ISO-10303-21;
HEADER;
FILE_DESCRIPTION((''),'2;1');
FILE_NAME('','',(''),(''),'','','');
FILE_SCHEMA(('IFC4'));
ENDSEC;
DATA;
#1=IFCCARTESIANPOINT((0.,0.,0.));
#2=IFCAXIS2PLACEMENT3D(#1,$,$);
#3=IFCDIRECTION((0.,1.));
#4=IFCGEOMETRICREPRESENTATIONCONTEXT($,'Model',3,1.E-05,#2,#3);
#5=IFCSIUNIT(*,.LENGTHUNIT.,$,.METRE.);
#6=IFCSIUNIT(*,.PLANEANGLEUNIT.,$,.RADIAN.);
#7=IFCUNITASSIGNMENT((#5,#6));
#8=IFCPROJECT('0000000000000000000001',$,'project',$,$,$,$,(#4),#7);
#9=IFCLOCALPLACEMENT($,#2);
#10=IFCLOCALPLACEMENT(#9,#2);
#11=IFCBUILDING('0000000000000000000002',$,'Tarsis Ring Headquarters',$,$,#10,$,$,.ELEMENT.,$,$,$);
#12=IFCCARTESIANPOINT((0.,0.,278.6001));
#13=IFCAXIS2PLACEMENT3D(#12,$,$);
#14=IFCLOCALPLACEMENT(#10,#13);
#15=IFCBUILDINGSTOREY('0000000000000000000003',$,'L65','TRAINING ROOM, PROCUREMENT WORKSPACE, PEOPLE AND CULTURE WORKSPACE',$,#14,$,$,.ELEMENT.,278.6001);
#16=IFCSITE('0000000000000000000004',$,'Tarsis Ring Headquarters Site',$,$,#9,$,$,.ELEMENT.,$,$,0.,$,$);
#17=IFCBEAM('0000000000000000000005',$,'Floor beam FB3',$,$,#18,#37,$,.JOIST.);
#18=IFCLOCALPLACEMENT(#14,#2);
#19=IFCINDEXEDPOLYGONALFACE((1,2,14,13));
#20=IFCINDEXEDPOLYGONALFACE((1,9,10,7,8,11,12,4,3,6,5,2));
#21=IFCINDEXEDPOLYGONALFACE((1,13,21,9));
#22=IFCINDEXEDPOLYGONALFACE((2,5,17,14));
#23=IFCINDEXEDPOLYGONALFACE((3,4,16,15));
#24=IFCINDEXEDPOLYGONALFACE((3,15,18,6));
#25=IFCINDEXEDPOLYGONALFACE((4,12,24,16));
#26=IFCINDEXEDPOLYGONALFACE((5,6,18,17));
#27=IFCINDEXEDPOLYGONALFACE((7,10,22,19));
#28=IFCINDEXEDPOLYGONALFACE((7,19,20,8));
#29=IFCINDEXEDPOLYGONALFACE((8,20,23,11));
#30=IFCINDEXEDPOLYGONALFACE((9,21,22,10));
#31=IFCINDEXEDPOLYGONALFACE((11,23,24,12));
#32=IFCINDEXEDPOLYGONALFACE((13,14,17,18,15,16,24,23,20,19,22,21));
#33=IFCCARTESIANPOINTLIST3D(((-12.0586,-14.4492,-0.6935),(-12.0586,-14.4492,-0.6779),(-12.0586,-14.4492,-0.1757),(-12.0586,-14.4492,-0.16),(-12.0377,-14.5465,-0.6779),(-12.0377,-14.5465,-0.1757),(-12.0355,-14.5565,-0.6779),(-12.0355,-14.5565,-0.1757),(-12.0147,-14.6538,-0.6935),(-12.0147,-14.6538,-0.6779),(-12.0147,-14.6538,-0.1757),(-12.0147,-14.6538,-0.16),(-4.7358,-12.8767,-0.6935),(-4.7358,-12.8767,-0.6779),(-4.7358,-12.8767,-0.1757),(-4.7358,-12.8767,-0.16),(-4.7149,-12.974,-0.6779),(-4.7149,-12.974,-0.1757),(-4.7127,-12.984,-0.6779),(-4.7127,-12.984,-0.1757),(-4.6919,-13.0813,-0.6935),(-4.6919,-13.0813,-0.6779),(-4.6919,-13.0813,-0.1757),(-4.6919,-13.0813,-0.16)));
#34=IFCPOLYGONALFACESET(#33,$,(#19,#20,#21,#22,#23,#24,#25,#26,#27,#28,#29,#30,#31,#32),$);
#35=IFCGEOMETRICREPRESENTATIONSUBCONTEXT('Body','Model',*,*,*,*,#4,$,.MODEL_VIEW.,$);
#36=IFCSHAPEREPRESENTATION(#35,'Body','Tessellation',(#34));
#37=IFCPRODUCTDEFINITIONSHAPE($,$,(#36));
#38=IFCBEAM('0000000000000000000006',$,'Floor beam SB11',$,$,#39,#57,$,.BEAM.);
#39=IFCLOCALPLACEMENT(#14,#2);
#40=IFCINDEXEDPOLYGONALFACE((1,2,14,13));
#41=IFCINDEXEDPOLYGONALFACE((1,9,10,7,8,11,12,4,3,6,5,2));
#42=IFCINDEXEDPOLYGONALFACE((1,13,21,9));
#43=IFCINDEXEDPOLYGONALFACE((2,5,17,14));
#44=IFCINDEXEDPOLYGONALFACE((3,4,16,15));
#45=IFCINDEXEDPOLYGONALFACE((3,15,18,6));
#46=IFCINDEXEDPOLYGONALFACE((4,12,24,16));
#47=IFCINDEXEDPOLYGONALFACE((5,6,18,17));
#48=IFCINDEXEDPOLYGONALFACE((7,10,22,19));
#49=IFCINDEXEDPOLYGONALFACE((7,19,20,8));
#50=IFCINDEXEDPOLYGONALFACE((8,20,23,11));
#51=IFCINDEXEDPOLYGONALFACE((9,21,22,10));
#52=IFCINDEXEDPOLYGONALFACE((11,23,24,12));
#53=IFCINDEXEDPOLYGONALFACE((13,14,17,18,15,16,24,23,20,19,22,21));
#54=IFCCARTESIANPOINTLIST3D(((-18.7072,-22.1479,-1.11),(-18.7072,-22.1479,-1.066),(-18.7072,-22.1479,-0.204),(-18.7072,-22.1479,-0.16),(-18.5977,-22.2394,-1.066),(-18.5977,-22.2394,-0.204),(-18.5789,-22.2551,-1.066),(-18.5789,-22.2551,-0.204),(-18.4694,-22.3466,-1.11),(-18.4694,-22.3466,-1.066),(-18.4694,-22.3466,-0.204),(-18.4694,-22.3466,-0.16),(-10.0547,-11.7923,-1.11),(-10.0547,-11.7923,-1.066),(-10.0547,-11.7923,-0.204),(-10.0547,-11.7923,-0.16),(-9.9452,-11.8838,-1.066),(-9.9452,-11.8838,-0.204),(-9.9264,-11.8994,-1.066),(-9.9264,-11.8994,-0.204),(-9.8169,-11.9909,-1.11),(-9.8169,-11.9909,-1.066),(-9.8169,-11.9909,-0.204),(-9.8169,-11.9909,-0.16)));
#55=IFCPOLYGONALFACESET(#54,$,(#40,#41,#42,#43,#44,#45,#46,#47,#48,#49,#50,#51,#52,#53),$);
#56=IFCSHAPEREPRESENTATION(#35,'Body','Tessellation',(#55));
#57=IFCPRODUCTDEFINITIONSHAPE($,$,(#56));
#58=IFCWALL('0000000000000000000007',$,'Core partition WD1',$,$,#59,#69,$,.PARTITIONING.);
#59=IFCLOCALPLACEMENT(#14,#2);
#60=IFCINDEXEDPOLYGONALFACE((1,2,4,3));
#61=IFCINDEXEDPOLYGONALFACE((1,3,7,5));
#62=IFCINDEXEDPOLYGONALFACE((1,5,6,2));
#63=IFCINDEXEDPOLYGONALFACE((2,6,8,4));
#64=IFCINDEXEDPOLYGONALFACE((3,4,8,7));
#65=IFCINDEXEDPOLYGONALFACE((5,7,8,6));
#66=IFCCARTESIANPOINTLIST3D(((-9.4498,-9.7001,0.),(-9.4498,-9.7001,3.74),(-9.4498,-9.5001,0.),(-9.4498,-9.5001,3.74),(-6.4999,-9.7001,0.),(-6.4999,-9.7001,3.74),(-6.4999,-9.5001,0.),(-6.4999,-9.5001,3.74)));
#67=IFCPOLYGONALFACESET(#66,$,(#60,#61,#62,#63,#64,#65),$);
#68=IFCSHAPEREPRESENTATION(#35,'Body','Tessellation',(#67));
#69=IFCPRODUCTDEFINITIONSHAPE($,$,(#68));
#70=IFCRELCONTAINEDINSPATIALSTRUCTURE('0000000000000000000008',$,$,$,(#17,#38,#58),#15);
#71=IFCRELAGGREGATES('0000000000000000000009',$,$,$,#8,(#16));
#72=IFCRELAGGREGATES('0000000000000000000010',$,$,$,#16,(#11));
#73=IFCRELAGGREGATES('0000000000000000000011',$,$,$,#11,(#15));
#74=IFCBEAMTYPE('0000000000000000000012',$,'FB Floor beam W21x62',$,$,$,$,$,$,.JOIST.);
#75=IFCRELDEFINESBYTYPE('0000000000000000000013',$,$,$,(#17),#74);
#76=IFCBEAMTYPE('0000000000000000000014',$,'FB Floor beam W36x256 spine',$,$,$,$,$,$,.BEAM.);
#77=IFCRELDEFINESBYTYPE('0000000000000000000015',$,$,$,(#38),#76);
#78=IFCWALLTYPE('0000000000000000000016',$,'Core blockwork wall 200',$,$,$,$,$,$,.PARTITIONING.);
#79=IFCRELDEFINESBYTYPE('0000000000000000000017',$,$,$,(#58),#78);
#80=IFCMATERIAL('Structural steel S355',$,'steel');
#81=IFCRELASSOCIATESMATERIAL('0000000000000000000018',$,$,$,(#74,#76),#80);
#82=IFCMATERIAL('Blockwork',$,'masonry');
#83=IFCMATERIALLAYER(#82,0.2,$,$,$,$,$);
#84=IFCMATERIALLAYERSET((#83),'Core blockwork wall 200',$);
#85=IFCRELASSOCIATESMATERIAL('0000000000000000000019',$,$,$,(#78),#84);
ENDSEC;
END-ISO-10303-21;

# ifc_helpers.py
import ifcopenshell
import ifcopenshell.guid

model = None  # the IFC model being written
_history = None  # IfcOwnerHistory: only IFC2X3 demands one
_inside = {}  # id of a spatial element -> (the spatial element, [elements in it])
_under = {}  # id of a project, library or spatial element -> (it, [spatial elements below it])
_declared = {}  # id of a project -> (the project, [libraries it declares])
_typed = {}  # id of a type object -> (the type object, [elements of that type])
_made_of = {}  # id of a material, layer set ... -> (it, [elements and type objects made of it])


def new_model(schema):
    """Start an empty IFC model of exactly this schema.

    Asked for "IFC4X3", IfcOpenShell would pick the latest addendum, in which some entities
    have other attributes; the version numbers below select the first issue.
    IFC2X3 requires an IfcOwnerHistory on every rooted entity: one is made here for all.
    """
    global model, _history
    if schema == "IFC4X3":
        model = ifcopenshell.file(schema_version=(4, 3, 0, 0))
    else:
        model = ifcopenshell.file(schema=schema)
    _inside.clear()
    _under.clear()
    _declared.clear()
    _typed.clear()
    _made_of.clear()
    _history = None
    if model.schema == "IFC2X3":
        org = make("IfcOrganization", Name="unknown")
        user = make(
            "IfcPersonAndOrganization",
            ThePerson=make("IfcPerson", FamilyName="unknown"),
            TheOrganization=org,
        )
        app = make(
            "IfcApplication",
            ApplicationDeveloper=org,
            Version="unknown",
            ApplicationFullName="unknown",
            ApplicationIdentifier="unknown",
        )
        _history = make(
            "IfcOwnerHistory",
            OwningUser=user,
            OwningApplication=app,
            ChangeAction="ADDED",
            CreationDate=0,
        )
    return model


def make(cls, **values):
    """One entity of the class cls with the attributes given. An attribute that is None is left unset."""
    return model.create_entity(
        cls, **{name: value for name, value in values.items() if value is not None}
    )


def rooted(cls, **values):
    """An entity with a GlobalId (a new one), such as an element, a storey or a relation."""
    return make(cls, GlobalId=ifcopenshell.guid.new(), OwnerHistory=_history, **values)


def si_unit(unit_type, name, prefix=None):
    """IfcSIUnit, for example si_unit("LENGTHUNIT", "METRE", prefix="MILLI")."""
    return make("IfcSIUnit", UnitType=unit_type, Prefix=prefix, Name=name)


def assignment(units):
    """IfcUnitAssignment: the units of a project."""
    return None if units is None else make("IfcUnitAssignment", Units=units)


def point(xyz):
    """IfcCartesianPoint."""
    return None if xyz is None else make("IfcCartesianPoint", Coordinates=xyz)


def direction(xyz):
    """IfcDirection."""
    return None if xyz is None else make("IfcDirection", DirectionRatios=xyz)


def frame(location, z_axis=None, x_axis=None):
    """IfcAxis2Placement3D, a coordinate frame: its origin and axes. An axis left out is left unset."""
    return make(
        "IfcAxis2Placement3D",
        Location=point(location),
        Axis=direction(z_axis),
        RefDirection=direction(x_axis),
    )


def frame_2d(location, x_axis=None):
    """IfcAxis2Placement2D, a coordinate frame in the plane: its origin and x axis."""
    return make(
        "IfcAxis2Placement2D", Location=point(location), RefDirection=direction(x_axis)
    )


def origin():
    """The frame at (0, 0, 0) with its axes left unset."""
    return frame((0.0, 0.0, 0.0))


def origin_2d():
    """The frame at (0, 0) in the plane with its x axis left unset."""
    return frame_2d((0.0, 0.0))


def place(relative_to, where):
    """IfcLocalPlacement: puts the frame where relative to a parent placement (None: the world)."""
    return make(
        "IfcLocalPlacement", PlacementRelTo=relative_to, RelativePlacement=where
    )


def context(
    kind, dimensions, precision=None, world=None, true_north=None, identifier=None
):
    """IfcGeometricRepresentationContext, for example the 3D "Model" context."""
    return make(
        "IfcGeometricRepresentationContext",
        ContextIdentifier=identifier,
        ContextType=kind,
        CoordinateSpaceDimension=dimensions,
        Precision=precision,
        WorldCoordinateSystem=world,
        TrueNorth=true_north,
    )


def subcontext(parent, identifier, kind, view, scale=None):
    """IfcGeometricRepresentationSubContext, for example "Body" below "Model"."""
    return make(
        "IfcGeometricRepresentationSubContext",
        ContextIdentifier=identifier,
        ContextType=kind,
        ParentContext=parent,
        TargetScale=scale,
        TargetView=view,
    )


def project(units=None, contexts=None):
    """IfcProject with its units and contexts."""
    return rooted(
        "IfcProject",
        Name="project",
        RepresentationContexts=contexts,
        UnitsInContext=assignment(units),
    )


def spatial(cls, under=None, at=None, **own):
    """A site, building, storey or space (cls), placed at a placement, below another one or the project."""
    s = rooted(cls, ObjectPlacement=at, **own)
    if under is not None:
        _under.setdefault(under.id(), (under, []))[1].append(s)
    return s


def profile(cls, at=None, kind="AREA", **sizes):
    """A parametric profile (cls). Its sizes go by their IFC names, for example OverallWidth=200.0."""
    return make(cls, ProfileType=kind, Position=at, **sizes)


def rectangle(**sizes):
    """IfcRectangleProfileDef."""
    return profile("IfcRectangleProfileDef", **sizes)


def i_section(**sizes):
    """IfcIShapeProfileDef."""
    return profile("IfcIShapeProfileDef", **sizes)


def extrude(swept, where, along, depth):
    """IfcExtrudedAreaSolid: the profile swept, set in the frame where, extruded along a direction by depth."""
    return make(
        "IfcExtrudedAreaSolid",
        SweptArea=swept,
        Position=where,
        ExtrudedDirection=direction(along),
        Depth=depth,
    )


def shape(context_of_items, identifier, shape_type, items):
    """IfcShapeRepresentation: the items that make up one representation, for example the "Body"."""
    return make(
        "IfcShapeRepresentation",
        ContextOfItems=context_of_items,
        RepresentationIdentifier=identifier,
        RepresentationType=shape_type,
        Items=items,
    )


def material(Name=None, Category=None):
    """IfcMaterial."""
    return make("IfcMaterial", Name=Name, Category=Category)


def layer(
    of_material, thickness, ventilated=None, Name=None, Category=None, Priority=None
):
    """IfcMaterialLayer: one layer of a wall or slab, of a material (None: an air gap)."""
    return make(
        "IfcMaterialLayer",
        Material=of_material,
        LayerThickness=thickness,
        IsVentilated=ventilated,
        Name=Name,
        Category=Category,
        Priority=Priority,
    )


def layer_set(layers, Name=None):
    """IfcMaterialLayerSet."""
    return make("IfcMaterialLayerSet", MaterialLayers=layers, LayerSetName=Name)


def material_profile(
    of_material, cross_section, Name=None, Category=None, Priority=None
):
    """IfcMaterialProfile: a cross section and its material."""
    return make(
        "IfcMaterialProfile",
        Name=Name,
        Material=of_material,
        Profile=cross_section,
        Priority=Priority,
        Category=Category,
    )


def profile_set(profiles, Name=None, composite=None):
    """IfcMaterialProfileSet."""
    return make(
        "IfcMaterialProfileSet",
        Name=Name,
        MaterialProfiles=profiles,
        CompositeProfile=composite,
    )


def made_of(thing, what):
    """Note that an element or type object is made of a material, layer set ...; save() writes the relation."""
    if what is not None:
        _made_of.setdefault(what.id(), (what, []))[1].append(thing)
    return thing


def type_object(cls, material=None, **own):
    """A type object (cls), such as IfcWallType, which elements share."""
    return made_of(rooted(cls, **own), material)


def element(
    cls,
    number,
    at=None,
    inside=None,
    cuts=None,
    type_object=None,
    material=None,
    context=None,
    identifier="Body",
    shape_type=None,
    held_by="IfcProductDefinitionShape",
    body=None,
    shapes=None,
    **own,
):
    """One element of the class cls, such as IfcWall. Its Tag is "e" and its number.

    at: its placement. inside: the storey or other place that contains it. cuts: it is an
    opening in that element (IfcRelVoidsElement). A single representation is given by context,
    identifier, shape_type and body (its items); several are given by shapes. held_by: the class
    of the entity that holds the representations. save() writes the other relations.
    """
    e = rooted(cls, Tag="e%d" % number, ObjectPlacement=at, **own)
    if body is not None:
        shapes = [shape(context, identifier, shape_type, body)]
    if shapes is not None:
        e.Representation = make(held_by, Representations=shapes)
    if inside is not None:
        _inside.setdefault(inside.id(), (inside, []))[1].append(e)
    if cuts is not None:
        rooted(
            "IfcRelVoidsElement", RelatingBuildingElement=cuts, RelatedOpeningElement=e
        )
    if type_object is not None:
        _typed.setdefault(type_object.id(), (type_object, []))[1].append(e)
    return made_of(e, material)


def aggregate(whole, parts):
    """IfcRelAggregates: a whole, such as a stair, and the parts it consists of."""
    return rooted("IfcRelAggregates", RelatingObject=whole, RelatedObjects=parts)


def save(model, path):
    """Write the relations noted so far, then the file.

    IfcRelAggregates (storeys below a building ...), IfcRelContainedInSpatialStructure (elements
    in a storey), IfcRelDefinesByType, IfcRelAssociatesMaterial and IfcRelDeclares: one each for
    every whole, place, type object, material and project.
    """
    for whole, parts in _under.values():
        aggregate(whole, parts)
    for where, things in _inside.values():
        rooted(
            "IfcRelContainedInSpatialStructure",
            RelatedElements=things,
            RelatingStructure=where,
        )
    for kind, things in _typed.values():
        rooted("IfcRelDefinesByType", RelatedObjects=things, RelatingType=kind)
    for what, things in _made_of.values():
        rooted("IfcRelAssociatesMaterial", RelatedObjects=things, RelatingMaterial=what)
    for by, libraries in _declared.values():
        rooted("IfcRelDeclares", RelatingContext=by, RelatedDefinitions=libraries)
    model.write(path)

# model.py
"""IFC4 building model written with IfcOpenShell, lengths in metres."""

from ifc_helpers import new_model, si_unit, direction, frame, frame_2d, origin, origin_2d, place, context, subcontext, project, spatial, rectangle, i_section, extrude, material, layer, layer_set, material_profile, profile_set, type_object, element, save


model = new_model("IFC4")

# Units and contexts
model_context = context("Model", 3, precision=1e-05, world=origin(), true_north=direction((0.0, 1.0)))
body_context = subcontext(model_context, "Body", "Model", "MODEL_VIEW")
ifc_project = project(units=[si_unit("LENGTHUNIT", "METRE"), si_unit("PLANEANGLEUNIT", "RADIAN")], contexts=[model_context])

# Site, building, storey
site_placement = place(None, origin())
site = spatial("IfcSite", under=ifc_project, at=site_placement, Name="Tarsis Ring Headquarters Site", CompositionType="ELEMENT", RefElevation=0.0)
building_placement = place(site_placement, origin())
building = spatial("IfcBuilding", under=site, at=building_placement, Name="Tarsis Ring Headquarters", CompositionType="ELEMENT")
storey_placement = place(building_placement, frame((0.0, 0.0, 278.6001)))
storey = spatial("IfcBuildingStorey", under=building, at=storey_placement, Name="L65", Description="TRAINING ROOM, PROCUREMENT WORKSPACE, PEOPLE AND CULTURE WORKSPACE", CompositionType="ELEMENT", Elevation=278.6001)

# Beams
ifc_material_1 = material(Name="Structural steel S355", Category="steel")
ifc_material_profile_1 = material_profile(ifc_material_1, i_section(OverallWidth=0.2092, OverallDepth=0.5334, WebThickness=0.0103, FlangeThickness=0.0156, at=origin_2d()), Name="W21x62")
ifc_profile_set_1 = profile_set([ifc_material_profile_1], Name="Structural steel S355")
beam_type_1 = type_object("IfcBeamType", Name="FB Floor beam W21x62", PredefinedType="JOIST", material=ifc_profile_set_1)
beam_1_placement = place(storey_placement, frame((-12.0366, -14.5515, -0.4268), z_axis=(0.977711, 0.209956, 0.0), x_axis=(-0.209956, 0.977711, 0.0)))
element("IfcBeam", 1, at=beam_1_placement, inside=storey, type_object=beam_type_1, Name="Floor beam FB3", PredefinedType="JOIST", context=body_context, shape_type="SweptSolid", body=[
    extrude(i_section(OverallWidth=0.2092, OverallDepth=0.5334, WebThickness=0.0103, FlangeThickness=0.0156, at=origin_2d()), origin(), (0.0, 0.0, 1.0), 7.4897),
])
ifc_material_profile_2 = material_profile(ifc_material_1, i_section(OverallWidth=0.3098, OverallDepth=0.95, WebThickness=0.0244, FlangeThickness=0.0439, at=origin_2d()), Name="W36x256")
ifc_profile_set_2 = profile_set([ifc_material_profile_2], Name="Structural steel S355")
beam_type_2 = type_object("IfcBeamType", Name="FB Floor beam W36x256 spine", PredefinedType="BEAM", material=ifc_profile_set_2)
beam_2_placement = place(storey_placement, frame((-9.9358, -11.8916, -0.635), z_axis=(-0.641182, -0.767389, 0.0), x_axis=(0.767389, -0.641182, 0.0)))
element("IfcBeam", 2, at=beam_2_placement, inside=storey, type_object=beam_type_2, Name="Floor beam SB11", PredefinedType="BEAM", context=body_context, shape_type="SweptSolid", body=[
    extrude(i_section(OverallWidth=0.3098, OverallDepth=0.95, WebThickness=0.0244, FlangeThickness=0.0439, at=origin_2d()), origin(), (0.0, 0.0, 1.0), 13.4946),
])

# Wall
ifc_material_2 = material(Name="Blockwork", Category="masonry")
ifc_layer_1 = layer(ifc_material_2, 0.2)
ifc_layer_set_1 = layer_set([ifc_layer_1], Name="Core blockwork wall 200")
wall_type_1 = type_object("IfcWallType", Name="Core blockwork wall 200", PredefinedType="PARTITIONING", material=ifc_layer_set_1)
wall_1_placement = place(storey_placement, frame((-9.45, -9.6001, 0.0), z_axis=(0.0, 0.0, 1.0), x_axis=(1.0, 0.0, 0.0)))
element("IfcWall", 3, at=wall_1_placement, inside=storey, type_object=wall_type_1, Name="Core partition WD1", PredefinedType="PARTITIONING", context=body_context, shape_type="SweptSolid", body=[
    extrude(rectangle(XDim=2.95, YDim=0.2, at=frame_2d((1.4751, 0.0))), origin(), (0.0, 0.0, 1.0), 3.74),
])

save(model, "model.ifc")
